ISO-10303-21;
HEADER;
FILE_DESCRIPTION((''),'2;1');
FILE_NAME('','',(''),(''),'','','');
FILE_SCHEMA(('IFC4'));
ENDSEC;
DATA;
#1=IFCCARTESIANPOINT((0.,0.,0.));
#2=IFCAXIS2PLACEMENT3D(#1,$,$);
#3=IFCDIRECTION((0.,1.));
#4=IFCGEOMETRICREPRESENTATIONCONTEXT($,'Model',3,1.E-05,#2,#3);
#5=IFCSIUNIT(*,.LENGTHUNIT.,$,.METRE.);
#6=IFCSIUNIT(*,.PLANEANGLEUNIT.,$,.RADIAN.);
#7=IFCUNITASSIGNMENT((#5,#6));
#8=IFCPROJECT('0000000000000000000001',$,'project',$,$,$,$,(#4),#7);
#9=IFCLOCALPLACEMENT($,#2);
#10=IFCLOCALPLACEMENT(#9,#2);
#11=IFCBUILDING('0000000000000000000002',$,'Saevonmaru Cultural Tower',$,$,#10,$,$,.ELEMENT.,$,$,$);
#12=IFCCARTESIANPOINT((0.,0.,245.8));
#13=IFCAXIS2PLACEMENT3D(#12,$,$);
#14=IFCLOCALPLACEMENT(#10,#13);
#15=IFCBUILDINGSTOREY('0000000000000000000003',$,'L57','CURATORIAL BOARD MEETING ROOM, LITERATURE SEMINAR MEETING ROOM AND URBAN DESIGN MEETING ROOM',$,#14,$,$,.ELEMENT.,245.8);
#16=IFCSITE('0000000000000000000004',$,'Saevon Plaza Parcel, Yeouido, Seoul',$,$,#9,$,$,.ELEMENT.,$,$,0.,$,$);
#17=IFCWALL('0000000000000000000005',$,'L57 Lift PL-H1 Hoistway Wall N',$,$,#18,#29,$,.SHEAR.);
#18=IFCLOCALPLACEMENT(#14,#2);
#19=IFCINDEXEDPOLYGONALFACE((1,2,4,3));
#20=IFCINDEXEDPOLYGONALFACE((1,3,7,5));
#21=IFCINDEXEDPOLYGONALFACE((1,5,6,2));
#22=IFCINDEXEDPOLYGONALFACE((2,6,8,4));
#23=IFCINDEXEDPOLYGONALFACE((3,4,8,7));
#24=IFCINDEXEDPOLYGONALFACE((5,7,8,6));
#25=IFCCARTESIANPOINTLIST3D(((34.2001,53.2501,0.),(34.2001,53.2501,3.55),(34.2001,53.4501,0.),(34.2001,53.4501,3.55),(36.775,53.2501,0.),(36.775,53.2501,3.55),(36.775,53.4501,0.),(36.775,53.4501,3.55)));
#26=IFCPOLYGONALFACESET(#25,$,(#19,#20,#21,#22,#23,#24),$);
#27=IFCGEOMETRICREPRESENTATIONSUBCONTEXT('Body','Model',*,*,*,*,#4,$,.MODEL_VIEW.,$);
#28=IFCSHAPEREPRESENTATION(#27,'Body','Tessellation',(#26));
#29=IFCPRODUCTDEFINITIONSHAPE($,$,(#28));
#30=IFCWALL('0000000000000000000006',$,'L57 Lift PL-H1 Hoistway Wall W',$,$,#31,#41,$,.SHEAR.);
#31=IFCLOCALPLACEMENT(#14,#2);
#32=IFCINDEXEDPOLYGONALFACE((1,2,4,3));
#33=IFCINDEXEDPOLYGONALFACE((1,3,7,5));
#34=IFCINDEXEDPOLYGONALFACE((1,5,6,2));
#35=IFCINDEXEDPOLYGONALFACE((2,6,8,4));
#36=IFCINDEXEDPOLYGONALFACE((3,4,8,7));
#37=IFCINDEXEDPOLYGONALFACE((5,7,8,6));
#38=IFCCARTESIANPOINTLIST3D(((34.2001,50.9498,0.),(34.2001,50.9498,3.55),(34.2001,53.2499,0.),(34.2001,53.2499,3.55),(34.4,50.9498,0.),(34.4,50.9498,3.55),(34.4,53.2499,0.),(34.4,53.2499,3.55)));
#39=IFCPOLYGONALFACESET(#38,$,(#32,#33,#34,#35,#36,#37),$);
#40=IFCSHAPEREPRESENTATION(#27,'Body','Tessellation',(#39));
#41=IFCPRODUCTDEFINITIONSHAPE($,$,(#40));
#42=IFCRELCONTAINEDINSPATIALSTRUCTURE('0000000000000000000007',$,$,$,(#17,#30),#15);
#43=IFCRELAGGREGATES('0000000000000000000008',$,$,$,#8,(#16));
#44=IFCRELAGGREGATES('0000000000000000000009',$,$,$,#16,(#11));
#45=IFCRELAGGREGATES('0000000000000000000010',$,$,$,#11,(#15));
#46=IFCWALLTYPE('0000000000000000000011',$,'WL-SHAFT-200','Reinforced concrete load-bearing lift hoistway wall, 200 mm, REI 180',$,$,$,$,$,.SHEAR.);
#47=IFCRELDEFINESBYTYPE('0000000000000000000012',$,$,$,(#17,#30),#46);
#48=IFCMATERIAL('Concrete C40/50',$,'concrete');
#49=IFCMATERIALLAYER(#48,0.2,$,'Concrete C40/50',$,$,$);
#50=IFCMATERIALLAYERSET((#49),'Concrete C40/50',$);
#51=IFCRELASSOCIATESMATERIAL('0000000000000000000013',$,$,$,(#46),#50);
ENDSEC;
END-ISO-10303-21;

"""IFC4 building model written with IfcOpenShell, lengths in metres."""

from ifc_helpers import new_model, si_unit, direction, frame, frame_2d, origin, place, context, subcontext, project, spatial, rectangle, extrude, material, layer, layer_set, type_object, element, save


model = new_model("IFC4")

# Units and contexts
model_context = context("Model", 3, precision=1e-05, world=origin(), true_north=direction((0.0, 1.0)))
body_context = subcontext(model_context, "Body", "Model", "MODEL_VIEW")
ifc_project = project(units=[si_unit("LENGTHUNIT", "METRE"), si_unit("PLANEANGLEUNIT", "RADIAN")], contexts=[model_context])

# Site, building, storey
site_placement = place(None, origin())
site = spatial("IfcSite", under=ifc_project, at=site_placement, Name="Saevon Plaza Parcel, Yeouido, Seoul", CompositionType="ELEMENT", RefElevation=0.0)
building_placement = place(site_placement, origin())
building = spatial("IfcBuilding", under=site, at=building_placement, Name="Saevonmaru Cultural Tower", CompositionType="ELEMENT")
storey_placement = place(building_placement, frame((0.0, 0.0, 245.8)))
storey = spatial("IfcBuildingStorey", under=building, at=storey_placement, Name="L57", Description="CURATORIAL BOARD MEETING ROOM, LITERATURE SEMINAR MEETING ROOM AND URBAN DESIGN MEETING ROOM", CompositionType="ELEMENT", Elevation=245.8)

# Shared definitions
ifc_material_1 = material(Name="Concrete C40/50", Category="concrete")
ifc_layer_1 = layer(ifc_material_1, 0.2, Name="Concrete C40/50")
ifc_layer_set_1 = layer_set([ifc_layer_1], Name="Concrete C40/50")
wall_type_1 = type_object("IfcWallType", Name="WL-SHAFT-200", Description="Reinforced concrete load-bearing lift hoistway wall, 200 mm, REI 180", PredefinedType="SHEAR", material=ifc_layer_set_1)

# Walls
wall_1_placement = place(storey_placement, frame((34.2, 53.3501, 0.0), z_axis=(0.0, 0.0, 1.0), x_axis=(1.0, 0.0, 0.0)))
element("IfcWall", 1, at=wall_1_placement, inside=storey, type_object=wall_type_1, Name="L57 Lift PL-H1 Hoistway Wall N", PredefinedType="SHEAR", context=body_context, shape_type="SweptSolid", body=[
    extrude(rectangle(XDim=2.575, YDim=0.2, at=frame_2d((1.2876, 0.0))), origin(), (0.0, 0.0, 1.0), 3.55),
])
wall_2_placement = place(storey_placement, frame((34.3, 50.95, 0.0), z_axis=(0.0, 0.0, 1.0), x_axis=(0.0, 1.0, 0.0)))
element("IfcWall", 2, at=wall_2_placement, inside=storey, type_object=wall_type_1, Name="L57 Lift PL-H1 Hoistway Wall W", PredefinedType="SHEAR", context=body_context, shape_type="SweptSolid", body=[
    extrude(rectangle(XDim=2.3, YDim=0.2, at=frame_2d((1.1499, 0.0))), origin(), (0.0, 0.0, 1.0), 3.55),
])

save(model, "model.ifc")
